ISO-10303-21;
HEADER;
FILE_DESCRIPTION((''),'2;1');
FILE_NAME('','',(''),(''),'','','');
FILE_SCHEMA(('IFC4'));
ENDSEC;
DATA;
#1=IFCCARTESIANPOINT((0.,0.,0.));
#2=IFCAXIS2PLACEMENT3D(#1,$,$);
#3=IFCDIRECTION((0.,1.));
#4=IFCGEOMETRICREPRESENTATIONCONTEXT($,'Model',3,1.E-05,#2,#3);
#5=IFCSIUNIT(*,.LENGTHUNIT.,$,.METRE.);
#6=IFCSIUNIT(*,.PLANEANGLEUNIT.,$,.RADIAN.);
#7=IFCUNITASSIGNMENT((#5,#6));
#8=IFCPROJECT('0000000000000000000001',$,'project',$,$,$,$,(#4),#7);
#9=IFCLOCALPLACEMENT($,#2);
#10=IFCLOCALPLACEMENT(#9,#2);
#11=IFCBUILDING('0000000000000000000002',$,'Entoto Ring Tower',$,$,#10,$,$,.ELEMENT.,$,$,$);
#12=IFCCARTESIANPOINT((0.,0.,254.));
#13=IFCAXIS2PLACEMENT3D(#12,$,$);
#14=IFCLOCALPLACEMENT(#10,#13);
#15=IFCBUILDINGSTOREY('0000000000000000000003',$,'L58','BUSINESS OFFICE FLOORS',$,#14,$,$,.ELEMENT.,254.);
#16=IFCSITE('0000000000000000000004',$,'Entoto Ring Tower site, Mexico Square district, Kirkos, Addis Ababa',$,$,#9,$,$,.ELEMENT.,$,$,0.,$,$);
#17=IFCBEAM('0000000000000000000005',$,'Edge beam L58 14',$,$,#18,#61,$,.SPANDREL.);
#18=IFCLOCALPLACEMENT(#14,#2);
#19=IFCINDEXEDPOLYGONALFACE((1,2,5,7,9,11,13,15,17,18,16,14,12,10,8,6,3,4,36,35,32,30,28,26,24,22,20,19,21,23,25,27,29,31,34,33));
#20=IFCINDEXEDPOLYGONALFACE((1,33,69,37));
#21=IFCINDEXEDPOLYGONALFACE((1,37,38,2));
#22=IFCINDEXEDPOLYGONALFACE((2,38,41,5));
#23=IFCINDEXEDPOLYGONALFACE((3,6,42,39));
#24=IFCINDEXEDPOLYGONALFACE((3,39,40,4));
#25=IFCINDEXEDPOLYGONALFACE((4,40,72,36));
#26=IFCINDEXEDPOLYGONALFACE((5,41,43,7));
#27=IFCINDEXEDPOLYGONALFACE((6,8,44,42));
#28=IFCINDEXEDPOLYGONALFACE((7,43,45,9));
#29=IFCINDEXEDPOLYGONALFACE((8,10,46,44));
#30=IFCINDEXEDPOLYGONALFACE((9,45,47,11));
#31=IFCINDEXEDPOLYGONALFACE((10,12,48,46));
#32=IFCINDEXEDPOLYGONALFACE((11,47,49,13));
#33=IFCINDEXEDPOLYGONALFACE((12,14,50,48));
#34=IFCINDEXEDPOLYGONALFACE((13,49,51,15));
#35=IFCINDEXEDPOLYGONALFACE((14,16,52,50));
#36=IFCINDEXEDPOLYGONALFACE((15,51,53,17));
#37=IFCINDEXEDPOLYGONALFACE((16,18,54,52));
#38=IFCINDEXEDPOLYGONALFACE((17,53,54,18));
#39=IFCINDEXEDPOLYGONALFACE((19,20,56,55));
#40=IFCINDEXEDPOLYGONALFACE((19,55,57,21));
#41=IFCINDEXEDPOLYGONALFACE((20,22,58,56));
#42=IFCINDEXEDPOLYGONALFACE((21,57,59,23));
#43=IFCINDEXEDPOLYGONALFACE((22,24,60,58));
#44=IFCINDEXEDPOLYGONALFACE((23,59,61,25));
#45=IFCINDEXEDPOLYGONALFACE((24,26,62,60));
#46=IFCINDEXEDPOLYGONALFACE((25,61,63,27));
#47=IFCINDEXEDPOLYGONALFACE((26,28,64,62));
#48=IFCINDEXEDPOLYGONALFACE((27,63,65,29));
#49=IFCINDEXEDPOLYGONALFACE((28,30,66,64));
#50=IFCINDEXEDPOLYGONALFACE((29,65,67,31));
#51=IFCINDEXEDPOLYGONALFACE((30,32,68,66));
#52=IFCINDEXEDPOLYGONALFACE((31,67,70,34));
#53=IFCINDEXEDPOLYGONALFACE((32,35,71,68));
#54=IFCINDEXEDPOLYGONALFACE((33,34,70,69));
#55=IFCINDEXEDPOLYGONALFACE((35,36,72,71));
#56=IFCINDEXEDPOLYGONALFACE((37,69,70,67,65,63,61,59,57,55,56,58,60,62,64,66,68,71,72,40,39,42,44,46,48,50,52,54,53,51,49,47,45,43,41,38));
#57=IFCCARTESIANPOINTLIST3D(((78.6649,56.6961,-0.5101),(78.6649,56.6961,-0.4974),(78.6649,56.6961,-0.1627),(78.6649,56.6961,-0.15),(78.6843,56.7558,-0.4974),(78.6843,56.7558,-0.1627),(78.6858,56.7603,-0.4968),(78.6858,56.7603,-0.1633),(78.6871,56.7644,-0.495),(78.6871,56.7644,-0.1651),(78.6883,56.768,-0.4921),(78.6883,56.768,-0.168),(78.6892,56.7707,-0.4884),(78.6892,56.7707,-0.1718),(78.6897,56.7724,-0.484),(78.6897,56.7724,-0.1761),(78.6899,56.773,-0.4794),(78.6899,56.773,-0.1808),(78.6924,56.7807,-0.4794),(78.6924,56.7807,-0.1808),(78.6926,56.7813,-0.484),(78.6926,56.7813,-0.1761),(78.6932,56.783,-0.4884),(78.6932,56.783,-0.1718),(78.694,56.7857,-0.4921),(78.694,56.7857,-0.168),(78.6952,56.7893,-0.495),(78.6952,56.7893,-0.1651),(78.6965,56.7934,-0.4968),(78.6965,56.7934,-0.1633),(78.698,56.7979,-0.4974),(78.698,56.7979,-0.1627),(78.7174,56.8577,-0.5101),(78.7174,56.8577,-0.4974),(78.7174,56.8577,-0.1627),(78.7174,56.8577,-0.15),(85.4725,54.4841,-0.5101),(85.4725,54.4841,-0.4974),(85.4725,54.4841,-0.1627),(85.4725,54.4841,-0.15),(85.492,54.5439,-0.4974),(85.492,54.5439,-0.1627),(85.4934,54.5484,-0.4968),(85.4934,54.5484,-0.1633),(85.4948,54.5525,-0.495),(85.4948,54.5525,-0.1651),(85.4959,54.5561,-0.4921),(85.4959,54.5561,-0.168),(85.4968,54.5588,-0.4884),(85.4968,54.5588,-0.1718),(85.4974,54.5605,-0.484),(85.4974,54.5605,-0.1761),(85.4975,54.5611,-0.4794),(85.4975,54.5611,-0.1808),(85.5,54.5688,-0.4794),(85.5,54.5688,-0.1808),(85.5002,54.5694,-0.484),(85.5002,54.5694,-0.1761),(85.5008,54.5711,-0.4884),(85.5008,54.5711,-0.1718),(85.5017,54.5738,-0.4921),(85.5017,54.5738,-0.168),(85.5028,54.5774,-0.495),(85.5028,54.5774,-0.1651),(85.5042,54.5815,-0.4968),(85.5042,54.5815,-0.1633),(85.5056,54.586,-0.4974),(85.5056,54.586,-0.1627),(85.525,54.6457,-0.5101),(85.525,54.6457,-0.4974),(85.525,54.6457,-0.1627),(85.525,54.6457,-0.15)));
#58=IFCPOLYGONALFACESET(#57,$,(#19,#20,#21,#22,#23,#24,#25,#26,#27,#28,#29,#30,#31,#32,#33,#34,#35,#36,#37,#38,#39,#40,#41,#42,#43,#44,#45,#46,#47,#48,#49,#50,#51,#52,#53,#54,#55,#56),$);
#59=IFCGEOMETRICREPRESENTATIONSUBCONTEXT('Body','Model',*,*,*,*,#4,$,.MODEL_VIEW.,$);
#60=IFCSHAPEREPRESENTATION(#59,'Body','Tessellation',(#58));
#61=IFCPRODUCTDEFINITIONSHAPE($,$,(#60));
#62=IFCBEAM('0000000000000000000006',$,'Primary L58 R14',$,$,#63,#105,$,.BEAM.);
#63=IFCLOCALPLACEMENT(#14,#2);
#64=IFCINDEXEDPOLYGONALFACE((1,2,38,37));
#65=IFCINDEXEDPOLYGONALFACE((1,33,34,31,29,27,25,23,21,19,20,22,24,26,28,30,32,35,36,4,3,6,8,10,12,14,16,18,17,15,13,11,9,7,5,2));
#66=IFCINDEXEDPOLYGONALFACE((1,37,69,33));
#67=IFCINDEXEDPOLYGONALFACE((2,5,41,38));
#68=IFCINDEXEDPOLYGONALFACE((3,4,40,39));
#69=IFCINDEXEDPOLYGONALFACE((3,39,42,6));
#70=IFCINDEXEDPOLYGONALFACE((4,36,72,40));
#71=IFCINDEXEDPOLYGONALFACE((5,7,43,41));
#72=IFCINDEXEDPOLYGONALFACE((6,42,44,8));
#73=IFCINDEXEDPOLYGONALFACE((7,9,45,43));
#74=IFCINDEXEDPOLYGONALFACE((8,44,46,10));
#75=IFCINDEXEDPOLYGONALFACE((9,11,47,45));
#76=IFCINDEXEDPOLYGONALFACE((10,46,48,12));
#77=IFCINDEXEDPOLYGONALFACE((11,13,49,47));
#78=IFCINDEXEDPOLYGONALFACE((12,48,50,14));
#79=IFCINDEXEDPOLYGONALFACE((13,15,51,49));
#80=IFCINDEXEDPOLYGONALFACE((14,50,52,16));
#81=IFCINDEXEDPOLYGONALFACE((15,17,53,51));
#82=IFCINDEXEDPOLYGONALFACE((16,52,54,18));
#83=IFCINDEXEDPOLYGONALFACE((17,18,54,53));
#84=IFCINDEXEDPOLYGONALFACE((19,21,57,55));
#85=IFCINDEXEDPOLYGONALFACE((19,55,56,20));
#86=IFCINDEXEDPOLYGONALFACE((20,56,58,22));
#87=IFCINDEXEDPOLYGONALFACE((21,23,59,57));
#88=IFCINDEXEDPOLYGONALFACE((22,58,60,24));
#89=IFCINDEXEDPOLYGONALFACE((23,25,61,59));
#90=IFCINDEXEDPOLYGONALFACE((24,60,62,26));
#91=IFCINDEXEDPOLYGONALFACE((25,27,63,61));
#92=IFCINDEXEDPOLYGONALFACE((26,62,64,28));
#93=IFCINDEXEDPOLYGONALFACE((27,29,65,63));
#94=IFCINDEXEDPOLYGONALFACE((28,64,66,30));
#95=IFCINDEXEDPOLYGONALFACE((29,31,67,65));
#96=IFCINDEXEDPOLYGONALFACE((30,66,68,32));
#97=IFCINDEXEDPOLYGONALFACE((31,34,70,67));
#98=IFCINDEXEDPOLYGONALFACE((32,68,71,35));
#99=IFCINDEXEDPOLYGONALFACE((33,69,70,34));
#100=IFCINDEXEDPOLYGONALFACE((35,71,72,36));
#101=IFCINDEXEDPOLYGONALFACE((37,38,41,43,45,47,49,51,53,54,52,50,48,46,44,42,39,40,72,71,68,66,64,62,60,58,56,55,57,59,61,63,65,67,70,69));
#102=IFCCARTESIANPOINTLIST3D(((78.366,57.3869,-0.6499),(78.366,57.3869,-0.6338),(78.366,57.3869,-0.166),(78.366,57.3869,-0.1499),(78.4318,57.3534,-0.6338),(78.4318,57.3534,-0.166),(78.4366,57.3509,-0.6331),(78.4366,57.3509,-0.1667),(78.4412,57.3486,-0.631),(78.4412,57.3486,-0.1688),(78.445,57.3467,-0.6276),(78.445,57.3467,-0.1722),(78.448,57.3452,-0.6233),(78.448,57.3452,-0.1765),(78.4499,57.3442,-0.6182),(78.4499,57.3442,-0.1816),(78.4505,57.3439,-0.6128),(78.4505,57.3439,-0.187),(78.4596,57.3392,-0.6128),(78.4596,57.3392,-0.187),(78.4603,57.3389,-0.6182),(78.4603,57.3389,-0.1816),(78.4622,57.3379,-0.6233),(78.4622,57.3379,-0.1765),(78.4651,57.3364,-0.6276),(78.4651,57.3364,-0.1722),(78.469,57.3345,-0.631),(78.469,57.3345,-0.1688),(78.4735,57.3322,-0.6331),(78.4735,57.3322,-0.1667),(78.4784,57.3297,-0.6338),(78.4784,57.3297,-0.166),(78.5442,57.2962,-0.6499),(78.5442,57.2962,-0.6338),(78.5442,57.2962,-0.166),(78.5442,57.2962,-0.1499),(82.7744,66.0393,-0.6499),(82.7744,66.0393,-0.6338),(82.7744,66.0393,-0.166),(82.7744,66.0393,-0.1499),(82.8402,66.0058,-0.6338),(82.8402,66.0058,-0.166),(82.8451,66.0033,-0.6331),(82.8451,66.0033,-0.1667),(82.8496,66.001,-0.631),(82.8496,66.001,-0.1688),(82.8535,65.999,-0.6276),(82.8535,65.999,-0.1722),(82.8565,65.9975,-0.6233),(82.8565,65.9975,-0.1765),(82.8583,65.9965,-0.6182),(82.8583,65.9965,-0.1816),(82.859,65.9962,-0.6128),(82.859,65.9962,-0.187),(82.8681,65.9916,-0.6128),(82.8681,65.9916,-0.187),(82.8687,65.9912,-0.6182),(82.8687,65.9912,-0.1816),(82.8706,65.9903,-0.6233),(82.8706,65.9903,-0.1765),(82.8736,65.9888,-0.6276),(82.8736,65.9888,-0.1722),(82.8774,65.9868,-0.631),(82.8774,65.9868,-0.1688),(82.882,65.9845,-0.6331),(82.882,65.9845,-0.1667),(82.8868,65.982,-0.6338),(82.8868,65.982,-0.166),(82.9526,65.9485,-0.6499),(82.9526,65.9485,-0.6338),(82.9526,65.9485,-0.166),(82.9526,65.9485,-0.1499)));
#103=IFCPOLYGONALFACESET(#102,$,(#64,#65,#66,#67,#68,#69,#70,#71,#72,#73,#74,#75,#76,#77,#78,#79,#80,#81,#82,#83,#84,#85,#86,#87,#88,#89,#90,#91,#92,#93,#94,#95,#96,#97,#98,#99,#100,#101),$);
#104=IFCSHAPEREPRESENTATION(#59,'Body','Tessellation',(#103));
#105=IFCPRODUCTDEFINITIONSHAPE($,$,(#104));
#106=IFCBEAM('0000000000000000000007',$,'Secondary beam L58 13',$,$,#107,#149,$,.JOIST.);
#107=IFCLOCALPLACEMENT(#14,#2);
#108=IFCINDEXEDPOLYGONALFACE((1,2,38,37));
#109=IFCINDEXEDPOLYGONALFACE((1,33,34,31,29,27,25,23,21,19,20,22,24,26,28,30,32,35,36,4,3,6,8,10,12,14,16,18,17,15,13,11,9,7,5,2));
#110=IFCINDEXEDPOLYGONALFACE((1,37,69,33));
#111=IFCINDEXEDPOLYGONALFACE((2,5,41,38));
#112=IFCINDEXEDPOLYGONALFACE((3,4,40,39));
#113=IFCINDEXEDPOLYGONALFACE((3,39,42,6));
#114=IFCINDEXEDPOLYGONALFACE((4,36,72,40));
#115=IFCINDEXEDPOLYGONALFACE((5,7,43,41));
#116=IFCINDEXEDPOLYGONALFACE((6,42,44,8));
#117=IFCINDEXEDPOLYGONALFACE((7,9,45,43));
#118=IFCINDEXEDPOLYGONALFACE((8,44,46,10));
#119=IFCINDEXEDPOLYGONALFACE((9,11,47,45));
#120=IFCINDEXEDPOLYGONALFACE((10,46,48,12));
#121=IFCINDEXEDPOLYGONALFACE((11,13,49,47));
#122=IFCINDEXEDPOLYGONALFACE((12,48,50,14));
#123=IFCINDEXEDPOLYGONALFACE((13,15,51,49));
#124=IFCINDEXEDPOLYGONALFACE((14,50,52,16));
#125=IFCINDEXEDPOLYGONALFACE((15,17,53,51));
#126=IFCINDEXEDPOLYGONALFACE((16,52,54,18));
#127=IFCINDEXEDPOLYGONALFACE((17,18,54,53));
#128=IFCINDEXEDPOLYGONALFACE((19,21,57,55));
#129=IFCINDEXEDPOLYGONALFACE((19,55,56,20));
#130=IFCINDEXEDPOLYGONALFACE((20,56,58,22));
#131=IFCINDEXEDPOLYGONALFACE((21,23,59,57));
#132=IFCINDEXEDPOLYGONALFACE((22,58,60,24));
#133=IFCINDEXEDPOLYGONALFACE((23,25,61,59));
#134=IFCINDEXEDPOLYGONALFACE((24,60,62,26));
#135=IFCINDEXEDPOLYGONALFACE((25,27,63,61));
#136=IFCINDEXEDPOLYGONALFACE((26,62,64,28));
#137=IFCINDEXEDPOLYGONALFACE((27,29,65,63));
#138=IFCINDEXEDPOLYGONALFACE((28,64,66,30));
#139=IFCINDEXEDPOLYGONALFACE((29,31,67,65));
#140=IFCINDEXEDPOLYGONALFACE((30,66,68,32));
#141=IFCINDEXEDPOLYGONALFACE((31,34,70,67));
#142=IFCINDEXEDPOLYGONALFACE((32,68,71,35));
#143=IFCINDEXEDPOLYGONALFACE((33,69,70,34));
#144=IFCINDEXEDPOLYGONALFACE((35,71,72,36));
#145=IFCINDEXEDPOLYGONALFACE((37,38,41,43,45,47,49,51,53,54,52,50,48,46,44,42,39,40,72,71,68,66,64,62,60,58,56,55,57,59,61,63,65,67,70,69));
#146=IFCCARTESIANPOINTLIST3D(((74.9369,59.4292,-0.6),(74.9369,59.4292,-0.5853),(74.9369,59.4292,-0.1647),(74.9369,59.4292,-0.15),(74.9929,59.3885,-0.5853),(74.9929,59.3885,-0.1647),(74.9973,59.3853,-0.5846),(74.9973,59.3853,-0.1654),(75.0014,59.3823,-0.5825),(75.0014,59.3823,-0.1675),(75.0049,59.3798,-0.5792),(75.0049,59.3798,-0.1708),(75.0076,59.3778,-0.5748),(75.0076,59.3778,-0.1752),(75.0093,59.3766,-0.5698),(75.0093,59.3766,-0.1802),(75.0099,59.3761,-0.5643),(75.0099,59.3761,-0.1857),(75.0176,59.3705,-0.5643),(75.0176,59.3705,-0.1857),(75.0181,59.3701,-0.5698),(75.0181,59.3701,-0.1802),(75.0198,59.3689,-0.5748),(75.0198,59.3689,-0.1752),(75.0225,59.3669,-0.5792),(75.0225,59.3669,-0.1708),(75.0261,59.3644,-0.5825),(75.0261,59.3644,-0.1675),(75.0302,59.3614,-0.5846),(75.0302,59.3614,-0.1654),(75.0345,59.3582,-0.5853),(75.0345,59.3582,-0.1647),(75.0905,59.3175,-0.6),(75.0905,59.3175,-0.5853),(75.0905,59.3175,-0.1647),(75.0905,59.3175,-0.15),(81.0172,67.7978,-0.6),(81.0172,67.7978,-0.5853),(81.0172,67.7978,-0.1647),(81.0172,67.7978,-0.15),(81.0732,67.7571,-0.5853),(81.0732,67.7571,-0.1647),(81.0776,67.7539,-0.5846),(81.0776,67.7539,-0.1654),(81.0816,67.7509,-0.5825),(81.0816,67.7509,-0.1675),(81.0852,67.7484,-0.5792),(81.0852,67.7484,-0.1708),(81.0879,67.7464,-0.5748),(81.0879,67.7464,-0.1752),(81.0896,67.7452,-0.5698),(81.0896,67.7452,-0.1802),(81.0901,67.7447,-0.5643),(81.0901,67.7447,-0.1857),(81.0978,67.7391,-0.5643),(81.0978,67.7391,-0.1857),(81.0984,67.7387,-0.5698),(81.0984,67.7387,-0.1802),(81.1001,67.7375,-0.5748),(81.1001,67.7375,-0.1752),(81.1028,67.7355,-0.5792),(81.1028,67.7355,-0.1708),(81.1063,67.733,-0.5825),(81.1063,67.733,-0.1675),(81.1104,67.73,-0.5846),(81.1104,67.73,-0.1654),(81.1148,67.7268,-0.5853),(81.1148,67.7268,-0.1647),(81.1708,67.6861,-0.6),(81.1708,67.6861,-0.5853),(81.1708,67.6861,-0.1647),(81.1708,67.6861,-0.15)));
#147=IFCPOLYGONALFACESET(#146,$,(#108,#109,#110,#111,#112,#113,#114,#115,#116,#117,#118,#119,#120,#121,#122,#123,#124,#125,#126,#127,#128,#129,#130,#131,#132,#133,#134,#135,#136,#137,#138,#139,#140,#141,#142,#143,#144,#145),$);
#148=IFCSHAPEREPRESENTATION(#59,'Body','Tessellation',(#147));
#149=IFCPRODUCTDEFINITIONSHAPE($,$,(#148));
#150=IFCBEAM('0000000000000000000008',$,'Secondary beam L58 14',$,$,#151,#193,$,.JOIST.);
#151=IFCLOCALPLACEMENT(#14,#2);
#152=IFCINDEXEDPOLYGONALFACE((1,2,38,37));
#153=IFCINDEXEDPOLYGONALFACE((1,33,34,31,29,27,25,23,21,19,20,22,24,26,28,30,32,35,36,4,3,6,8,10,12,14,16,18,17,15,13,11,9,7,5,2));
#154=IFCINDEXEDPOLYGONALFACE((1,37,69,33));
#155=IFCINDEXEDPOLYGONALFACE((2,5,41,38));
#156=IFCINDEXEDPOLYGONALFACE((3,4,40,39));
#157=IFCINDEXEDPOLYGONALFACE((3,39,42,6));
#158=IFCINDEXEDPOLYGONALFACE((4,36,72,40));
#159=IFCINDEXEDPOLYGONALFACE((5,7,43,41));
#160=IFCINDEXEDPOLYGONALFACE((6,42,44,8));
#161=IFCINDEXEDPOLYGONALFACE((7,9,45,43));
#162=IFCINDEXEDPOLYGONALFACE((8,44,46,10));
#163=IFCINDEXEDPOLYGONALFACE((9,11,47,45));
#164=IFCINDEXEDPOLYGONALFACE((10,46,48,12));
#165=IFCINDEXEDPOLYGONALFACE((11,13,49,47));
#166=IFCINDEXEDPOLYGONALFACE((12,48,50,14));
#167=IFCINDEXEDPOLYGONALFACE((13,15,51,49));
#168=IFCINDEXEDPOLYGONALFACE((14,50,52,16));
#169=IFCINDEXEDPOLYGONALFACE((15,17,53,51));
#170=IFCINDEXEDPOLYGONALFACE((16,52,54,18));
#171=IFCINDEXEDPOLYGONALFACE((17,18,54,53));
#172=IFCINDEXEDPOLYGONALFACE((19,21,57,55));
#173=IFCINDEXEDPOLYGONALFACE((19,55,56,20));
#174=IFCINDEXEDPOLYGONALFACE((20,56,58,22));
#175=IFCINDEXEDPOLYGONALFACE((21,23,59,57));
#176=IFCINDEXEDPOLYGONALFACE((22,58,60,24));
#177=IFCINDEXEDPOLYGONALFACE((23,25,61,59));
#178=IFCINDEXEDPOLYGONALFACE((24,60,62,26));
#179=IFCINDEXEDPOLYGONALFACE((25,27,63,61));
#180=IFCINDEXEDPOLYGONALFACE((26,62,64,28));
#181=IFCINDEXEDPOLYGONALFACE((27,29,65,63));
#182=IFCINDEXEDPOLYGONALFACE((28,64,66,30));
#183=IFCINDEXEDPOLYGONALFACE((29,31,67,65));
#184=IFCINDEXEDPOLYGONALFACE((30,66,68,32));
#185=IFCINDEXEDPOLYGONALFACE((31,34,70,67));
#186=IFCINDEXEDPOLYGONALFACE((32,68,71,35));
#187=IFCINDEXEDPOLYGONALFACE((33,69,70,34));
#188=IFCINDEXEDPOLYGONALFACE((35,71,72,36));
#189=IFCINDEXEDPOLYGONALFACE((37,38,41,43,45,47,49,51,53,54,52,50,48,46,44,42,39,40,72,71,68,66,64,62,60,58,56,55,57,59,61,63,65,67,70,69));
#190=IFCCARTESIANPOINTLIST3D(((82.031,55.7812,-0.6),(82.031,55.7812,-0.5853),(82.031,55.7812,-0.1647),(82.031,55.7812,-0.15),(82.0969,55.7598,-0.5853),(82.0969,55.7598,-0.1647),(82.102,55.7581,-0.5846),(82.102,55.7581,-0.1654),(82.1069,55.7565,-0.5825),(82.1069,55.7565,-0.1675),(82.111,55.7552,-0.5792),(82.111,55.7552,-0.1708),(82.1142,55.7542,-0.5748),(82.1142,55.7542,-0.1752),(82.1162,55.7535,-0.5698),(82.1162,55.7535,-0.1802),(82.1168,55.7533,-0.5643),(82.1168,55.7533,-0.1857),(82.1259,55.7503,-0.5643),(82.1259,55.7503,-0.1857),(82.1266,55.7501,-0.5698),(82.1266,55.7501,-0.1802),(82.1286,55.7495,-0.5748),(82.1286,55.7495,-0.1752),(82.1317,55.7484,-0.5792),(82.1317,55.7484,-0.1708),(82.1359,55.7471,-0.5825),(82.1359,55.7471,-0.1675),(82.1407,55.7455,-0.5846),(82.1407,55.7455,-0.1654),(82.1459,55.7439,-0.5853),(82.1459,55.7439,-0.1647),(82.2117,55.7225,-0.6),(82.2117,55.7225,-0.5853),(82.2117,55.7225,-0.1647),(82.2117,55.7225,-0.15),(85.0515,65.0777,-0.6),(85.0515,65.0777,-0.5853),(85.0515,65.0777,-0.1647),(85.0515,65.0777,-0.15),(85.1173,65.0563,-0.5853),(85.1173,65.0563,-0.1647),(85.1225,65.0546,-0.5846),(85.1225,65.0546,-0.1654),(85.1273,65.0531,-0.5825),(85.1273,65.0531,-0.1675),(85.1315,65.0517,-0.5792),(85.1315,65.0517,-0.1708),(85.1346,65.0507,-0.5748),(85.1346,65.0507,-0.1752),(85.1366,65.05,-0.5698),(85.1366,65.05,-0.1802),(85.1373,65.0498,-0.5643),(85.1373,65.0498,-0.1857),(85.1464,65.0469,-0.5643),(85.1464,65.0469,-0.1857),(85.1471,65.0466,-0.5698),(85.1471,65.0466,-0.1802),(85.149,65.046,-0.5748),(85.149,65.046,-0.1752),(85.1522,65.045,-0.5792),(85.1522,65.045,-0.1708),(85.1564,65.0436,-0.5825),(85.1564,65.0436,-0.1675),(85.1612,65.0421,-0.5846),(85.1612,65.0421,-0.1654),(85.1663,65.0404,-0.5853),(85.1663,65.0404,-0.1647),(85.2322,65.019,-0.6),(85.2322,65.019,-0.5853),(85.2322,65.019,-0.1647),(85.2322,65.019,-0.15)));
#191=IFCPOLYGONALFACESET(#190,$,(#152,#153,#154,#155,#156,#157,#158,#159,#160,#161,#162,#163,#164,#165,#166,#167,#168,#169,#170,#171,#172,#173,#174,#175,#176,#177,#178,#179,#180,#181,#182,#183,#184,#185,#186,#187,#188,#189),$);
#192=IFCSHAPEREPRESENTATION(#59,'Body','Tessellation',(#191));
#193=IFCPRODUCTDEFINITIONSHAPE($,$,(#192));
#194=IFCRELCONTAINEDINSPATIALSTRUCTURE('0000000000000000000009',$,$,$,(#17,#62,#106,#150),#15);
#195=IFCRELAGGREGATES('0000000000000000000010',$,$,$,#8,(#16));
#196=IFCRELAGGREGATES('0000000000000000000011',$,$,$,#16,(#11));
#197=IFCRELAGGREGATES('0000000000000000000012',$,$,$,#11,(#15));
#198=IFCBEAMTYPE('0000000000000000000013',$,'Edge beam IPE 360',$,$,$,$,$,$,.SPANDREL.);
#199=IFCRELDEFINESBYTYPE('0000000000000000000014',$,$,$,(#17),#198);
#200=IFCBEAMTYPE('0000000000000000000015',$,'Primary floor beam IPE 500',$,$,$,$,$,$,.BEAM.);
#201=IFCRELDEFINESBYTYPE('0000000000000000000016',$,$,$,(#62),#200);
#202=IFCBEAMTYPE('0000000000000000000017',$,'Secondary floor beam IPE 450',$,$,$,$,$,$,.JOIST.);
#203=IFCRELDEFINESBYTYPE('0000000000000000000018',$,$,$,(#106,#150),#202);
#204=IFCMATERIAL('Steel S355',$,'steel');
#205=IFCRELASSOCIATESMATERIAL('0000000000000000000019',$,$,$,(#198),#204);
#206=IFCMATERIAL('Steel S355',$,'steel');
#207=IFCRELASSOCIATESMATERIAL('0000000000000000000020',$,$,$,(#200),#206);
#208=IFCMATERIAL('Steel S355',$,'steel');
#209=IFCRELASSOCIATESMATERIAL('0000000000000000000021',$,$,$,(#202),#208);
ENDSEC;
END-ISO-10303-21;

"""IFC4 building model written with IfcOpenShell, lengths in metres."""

from ifc_helpers import new_model, si_unit, direction, frame, origin, origin_2d, place, context, subcontext, project, spatial, i_section, extrude, material, material_profile, profile_set, type_object, element, save


model = new_model("IFC4")

# Units and contexts
model_context = context("Model", 3, precision=1e-05, world=origin(), true_north=direction((0.0, 1.0)))
body_context = subcontext(model_context, "Body", "Model", "MODEL_VIEW")
ifc_project = project(units=[si_unit("LENGTHUNIT", "METRE"), si_unit("PLANEANGLEUNIT", "RADIAN")], contexts=[model_context])

# Site, building, storey
site_placement = place(None, origin())
site = spatial("IfcSite", under=ifc_project, at=site_placement, Name="Entoto Ring Tower site, Mexico Square district, Kirkos, Addis Ababa", CompositionType="ELEMENT", RefElevation=0.0)
building_placement = place(site_placement, origin())
building = spatial("IfcBuilding", under=site, at=building_placement, Name="Entoto Ring Tower", CompositionType="ELEMENT")
storey_placement = place(building_placement, frame((0.0, 0.0, 254.0)))
storey = spatial("IfcBuildingStorey", under=building, at=storey_placement, Name="L58", Description="BUSINESS OFFICE FLOORS", CompositionType="ELEMENT", Elevation=254.0)

# Beams
ifc_material_1 = material(Name="Steel S355", Category="steel")
ifc_material_profile_1 = material_profile(ifc_material_1, i_section(OverallWidth=0.1699, OverallDepth=0.3601, WebThickness=0.0081, FlangeThickness=0.0127, FilletRadius=0.0181, at=origin_2d()), Name="IPE 360")
ifc_profile_set_1 = profile_set([ifc_material_profile_1], Name="Steel S355")
beam_type_1 = type_object("IfcBeamType", Name="Edge beam IPE 360", PredefinedType="SPANDREL", material=ifc_profile_set_1)
beam_1_placement = place(storey_placement, frame((78.6912, 56.7769, -0.3301), z_axis=(0.951057, -0.309015, 0.0), x_axis=(0.309015, 0.951057, 0.0)))
element("IfcBeam", 1, at=beam_1_placement, inside=storey, type_object=beam_type_1, Name="Edge beam L58 14", PredefinedType="SPANDREL", context=body_context, shape_type="SweptSolid", body=[
    extrude(i_section(OverallWidth=0.1699, OverallDepth=0.3601, WebThickness=0.0081, FlangeThickness=0.0127, FilletRadius=0.0181, at=origin_2d()), origin(), (0.0, 0.0, 1.0), 7.158),
])
ifc_material_2 = material(Name="Steel S355", Category="steel")
ifc_material_profile_2 = material_profile(ifc_material_2, i_section(OverallWidth=0.2, OverallDepth=0.5, WebThickness=0.0103, FlangeThickness=0.0161, FilletRadius=0.021, at=origin_2d()), Name="IPE 500")
ifc_profile_set_2 = profile_set([ifc_material_profile_2], Name="Steel S355")
beam_type_2 = type_object("IfcBeamType", Name="Primary floor beam IPE 500", PredefinedType="BEAM", material=ifc_profile_set_2)
beam_2_placement = place(storey_placement, frame((82.8635, 65.9939, -0.3999), z_axis=(-0.453979, -0.891012, 0.0), x_axis=(0.891012, -0.453979, 0.0)))
element("IfcBeam", 2, at=beam_2_placement, inside=storey, type_object=beam_type_2, Name="Primary L58 R14", PredefinedType="BEAM", context=body_context, shape_type="SweptSolid", body=[
    extrude(i_section(OverallWidth=0.2, OverallDepth=0.5, WebThickness=0.0103, FlangeThickness=0.0161, FilletRadius=0.021, at=origin_2d()), origin(), (0.0, 0.0, 1.0), 9.7107),
])
ifc_material_3 = material(Name="Steel S355", Category="steel")
ifc_material_profile_3 = material_profile(ifc_material_3, i_section(OverallWidth=0.1899, OverallDepth=0.45, WebThickness=0.0095, FlangeThickness=0.0146, FilletRadius=0.021, at=origin_2d()), Name="IPE 450")
ifc_profile_set_3 = profile_set([ifc_material_profile_3], Name="Steel S355")
beam_type_3 = type_object("IfcBeamType", Name="Secondary floor beam IPE 450", PredefinedType="JOIST", material=ifc_profile_set_3)
beam_3_placement = place(storey_placement, frame((81.094, 67.7419, -0.375), z_axis=(-0.587794, -0.809011, 0.0), x_axis=(0.809011, -0.587794, 0.0)))
element("IfcBeam", 3, at=beam_3_placement, inside=storey, type_object=beam_type_3, Name="Secondary beam L58 13", PredefinedType="JOIST", context=body_context, shape_type="SweptSolid", body=[
    extrude(i_section(OverallWidth=0.1899, OverallDepth=0.45, WebThickness=0.0095, FlangeThickness=0.0146, FilletRadius=0.021, at=origin_2d()), origin(), (0.0, 0.0, 1.0), 10.3442),
])
beam_4_placement = place(storey_placement, frame((85.1418, 65.0483, -0.375), z_axis=(-0.309003, -0.951061, 0.0), x_axis=(0.951061, -0.309003, 0.0)))
element("IfcBeam", 4, at=beam_4_placement, inside=storey, type_object=beam_type_3, Name="Secondary beam L58 14", PredefinedType="JOIST", context=body_context, shape_type="SweptSolid", body=[
    extrude(i_section(OverallWidth=0.1899, OverallDepth=0.45, WebThickness=0.0095, FlangeThickness=0.0146, FilletRadius=0.021, at=origin_2d()), origin(), (0.0, 0.0, 1.0), 9.7749),
])

save(model, "model.ifc")
